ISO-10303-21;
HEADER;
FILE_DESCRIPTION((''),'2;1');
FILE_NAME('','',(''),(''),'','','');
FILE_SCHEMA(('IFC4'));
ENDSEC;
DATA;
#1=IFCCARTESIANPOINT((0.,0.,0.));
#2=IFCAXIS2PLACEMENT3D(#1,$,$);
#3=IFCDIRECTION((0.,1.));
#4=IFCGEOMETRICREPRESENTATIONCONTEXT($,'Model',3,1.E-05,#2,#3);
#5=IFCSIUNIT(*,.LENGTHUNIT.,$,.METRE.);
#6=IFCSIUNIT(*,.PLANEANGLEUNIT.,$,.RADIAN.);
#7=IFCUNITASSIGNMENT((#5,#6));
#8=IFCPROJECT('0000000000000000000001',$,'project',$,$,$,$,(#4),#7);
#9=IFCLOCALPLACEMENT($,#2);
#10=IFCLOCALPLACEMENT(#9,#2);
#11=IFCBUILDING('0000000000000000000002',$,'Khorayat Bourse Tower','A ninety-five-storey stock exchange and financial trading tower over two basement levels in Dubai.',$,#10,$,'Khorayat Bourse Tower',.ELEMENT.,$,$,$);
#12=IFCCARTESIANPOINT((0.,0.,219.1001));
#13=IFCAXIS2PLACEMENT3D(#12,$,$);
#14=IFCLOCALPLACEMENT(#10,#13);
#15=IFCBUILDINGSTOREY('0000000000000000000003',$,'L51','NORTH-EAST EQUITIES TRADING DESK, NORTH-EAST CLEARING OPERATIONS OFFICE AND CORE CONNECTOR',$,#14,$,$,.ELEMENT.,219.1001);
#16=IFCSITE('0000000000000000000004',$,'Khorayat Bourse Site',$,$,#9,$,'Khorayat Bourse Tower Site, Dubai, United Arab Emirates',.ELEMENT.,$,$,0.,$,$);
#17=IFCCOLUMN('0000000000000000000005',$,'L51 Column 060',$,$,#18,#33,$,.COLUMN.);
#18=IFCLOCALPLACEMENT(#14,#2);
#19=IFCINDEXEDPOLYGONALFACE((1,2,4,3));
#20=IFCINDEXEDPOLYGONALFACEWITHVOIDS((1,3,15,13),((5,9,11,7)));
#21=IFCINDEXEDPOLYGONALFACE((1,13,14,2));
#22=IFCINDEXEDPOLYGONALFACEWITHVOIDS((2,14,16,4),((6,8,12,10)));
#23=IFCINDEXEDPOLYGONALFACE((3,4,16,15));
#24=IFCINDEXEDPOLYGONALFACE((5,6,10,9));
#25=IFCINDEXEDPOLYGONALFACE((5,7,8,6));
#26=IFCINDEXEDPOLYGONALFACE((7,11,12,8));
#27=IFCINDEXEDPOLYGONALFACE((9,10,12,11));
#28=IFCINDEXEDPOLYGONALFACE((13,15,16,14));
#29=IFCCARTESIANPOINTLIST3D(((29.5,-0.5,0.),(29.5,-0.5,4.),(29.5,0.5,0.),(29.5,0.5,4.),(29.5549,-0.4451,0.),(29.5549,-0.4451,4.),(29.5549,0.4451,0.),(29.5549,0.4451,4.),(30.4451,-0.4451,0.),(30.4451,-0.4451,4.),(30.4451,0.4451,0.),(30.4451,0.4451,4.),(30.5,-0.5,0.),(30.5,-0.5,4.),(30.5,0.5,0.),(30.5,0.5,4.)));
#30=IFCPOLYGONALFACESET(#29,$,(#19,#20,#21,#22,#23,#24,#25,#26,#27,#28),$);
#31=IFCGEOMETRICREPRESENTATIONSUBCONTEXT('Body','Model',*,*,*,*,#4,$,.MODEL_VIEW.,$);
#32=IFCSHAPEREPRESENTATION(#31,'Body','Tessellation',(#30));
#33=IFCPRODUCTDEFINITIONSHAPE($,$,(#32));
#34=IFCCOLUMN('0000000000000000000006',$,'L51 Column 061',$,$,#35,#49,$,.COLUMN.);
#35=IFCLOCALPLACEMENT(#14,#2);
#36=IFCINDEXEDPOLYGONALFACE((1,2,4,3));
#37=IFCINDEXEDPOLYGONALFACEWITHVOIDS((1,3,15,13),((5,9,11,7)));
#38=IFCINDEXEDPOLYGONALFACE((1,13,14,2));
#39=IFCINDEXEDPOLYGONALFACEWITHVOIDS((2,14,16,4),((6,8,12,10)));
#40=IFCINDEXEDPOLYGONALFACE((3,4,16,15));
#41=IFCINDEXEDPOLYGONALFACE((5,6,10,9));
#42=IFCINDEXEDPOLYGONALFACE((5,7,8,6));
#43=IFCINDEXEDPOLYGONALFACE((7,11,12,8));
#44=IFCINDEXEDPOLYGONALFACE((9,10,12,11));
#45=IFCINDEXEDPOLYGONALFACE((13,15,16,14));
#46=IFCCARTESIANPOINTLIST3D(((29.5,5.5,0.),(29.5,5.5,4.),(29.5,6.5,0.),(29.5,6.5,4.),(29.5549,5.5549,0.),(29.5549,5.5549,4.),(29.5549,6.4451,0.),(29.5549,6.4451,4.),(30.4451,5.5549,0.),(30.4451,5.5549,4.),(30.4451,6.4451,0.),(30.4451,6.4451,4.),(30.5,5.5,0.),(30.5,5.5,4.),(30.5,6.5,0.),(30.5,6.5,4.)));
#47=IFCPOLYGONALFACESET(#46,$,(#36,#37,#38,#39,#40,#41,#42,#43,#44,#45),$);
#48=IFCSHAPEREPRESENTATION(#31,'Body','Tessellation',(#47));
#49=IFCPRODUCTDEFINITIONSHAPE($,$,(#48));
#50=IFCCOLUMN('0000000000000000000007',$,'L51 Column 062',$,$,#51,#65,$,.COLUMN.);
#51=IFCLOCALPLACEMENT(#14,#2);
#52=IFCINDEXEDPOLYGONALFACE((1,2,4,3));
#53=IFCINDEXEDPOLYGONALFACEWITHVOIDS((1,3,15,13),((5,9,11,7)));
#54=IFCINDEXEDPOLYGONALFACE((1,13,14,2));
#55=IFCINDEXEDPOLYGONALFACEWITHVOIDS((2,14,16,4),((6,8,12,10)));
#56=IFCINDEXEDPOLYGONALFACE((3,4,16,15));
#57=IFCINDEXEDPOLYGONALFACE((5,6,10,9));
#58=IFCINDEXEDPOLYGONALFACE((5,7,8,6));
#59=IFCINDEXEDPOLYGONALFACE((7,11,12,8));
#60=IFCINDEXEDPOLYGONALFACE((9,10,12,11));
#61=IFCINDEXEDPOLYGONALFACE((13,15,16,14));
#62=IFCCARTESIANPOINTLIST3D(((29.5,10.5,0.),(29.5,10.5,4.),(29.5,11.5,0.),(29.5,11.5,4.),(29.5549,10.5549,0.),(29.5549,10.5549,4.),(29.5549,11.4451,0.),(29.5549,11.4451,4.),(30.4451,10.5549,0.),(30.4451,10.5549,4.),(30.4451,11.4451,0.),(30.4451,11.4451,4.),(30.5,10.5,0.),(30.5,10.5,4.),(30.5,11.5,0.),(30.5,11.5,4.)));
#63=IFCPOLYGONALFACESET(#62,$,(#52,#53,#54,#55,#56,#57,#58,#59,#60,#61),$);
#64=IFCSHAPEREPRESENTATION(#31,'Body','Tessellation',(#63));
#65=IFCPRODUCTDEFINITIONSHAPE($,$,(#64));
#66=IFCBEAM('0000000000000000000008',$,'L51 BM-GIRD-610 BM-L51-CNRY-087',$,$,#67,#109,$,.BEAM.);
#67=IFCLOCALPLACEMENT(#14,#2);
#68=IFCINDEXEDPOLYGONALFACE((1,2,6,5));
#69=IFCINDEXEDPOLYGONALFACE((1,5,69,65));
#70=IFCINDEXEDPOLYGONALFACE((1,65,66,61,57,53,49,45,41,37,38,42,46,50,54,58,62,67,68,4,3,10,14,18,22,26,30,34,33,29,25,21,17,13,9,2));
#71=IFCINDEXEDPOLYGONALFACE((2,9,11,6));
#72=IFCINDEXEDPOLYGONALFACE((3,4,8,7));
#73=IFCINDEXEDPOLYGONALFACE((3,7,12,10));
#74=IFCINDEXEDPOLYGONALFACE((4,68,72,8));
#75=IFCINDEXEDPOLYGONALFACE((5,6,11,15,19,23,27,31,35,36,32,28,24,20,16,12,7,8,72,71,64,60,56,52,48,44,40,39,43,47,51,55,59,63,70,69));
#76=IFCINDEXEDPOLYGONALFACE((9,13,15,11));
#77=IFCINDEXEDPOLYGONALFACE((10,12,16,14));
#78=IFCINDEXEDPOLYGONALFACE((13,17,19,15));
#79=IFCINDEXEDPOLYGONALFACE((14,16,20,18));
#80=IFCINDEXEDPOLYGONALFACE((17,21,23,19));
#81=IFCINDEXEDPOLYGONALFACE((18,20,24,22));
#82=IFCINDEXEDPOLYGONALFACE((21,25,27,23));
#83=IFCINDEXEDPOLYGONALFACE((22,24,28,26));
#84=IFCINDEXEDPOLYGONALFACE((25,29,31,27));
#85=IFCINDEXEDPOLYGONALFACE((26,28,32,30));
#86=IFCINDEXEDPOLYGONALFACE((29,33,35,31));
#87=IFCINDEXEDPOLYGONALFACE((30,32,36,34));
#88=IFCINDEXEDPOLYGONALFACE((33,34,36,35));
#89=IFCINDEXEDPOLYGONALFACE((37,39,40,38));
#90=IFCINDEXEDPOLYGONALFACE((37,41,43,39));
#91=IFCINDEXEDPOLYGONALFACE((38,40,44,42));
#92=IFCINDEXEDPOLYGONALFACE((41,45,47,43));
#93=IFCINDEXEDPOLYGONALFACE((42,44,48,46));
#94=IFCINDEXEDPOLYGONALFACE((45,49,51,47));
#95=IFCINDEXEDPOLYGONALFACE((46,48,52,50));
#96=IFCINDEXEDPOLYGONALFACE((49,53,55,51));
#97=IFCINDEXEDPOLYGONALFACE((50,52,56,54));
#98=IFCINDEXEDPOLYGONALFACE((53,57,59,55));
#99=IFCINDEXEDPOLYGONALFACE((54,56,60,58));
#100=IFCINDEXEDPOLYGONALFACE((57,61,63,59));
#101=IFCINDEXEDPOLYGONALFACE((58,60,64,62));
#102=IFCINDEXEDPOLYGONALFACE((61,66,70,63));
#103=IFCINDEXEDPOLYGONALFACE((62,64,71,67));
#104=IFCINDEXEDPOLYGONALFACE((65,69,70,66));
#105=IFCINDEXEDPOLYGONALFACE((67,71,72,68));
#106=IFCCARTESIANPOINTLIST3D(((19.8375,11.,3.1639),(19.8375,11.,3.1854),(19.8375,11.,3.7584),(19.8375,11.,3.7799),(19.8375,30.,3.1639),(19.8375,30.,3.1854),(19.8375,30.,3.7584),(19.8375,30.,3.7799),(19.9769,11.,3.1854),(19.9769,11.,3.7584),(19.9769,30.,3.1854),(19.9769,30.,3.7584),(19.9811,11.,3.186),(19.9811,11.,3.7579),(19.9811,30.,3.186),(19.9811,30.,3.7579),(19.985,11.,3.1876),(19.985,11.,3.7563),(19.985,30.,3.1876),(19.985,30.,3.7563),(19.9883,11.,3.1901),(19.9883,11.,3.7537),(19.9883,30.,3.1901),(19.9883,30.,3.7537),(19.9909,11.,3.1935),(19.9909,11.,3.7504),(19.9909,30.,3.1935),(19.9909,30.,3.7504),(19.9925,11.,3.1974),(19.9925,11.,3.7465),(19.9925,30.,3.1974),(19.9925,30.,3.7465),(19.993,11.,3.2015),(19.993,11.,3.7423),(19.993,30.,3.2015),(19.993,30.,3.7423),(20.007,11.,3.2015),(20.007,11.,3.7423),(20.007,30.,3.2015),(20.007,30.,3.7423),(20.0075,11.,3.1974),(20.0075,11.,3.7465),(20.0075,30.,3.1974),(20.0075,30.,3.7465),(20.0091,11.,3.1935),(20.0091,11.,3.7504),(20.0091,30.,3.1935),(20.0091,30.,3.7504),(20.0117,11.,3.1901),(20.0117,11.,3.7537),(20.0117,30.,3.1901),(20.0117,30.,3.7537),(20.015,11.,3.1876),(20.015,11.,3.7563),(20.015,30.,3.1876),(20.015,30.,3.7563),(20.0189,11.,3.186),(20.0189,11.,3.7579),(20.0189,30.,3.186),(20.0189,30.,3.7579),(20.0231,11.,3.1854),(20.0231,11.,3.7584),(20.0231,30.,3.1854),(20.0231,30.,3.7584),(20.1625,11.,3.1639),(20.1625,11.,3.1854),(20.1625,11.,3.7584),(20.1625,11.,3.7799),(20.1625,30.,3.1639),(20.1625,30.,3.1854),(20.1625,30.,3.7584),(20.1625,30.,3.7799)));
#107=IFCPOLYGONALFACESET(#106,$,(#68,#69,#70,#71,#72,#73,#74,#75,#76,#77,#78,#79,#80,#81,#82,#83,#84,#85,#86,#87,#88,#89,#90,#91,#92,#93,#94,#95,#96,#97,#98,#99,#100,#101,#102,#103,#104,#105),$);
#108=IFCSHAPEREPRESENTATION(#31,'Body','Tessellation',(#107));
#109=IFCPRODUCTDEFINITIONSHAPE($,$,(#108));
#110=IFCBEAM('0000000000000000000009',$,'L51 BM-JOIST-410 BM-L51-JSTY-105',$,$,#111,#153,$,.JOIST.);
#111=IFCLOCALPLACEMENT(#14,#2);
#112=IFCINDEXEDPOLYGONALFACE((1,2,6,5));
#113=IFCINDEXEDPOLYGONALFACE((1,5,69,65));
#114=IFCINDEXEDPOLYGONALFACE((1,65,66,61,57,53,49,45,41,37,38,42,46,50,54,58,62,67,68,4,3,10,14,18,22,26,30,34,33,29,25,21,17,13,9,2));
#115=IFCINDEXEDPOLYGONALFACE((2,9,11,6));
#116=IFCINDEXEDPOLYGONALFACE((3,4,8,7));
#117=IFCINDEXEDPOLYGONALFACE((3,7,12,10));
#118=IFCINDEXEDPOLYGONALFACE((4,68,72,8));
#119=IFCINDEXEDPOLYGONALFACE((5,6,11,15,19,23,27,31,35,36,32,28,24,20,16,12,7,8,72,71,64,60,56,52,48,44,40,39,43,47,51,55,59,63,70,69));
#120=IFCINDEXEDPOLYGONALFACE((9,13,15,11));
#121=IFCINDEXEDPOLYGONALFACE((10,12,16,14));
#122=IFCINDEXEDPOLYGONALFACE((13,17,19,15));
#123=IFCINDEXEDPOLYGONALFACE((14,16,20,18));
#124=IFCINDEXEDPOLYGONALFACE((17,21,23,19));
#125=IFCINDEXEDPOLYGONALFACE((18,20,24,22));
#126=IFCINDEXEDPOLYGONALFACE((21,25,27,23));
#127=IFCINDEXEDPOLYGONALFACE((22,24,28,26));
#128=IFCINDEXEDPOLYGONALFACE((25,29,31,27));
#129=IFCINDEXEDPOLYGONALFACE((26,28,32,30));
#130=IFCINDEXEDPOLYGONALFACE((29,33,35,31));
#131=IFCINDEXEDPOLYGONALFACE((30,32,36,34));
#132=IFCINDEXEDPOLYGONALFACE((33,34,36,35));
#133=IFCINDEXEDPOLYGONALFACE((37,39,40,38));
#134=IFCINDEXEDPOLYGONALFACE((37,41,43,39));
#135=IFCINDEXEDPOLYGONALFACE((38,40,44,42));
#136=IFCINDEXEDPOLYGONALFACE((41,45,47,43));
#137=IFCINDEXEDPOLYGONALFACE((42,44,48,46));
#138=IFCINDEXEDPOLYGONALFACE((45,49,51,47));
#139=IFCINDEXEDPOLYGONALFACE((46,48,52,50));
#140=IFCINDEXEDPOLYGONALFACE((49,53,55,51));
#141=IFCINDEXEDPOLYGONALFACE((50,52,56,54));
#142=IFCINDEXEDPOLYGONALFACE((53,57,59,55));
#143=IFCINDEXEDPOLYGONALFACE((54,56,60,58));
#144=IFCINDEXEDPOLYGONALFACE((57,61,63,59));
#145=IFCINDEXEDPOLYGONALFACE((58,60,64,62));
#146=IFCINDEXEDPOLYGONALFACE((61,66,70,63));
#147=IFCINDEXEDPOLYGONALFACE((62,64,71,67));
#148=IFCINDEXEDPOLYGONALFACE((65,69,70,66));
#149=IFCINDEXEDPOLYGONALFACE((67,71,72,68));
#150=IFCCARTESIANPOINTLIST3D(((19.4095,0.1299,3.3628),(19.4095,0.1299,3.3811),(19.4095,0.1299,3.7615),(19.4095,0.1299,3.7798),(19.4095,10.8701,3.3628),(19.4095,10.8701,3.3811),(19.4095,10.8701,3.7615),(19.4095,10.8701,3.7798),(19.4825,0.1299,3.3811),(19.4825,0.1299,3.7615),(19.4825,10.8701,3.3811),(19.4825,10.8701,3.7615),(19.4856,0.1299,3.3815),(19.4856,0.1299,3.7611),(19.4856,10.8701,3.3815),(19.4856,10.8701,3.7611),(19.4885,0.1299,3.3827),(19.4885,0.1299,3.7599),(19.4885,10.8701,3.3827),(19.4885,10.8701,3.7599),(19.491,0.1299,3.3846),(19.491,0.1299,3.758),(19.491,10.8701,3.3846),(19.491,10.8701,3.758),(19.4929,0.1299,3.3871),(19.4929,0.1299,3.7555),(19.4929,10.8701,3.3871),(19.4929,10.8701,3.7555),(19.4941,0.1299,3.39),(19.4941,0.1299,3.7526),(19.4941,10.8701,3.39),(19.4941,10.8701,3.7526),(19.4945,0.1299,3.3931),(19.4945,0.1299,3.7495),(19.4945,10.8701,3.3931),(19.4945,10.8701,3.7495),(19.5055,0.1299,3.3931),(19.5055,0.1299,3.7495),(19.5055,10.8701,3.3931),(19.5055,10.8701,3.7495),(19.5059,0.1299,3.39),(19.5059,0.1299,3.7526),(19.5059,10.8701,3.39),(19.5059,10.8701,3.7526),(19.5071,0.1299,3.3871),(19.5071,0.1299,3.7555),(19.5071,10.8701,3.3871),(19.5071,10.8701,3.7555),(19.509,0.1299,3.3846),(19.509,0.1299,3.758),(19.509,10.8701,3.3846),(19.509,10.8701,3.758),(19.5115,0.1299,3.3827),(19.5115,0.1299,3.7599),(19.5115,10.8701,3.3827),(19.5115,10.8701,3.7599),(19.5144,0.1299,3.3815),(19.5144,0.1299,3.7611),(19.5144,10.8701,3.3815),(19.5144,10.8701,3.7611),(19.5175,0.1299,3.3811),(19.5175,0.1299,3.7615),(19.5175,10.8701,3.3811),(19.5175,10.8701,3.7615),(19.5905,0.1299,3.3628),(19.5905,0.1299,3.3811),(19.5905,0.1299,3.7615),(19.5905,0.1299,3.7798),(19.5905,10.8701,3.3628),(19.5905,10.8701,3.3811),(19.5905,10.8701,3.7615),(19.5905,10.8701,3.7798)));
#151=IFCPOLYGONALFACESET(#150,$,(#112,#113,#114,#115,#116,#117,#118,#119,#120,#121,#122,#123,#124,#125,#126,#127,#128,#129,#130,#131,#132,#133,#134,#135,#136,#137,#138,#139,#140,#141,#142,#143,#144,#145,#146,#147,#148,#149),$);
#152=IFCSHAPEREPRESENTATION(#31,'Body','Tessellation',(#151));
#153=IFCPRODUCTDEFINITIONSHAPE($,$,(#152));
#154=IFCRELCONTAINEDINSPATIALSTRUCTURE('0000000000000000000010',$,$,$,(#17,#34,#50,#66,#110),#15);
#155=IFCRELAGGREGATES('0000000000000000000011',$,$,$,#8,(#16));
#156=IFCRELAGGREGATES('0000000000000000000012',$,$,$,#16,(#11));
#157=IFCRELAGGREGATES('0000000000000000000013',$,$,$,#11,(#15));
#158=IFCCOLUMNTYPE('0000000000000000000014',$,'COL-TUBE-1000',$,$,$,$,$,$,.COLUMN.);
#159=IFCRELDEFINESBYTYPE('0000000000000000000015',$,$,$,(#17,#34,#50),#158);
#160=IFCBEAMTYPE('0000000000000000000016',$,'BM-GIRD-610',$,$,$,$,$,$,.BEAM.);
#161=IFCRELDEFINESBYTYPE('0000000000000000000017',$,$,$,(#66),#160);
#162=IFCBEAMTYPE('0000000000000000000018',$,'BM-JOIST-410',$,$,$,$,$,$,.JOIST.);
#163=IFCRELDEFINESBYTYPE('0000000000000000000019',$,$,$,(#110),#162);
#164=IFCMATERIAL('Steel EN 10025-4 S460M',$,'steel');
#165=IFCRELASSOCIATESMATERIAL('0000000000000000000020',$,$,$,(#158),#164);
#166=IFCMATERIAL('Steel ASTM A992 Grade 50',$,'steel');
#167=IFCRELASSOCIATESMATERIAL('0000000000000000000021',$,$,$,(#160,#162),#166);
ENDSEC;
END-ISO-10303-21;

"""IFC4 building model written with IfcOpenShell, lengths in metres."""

from ifc_helpers import new_model, si_unit, direction, frame, origin, origin_2d, place, context, subcontext, project, spatial, hollow_rectangle, i_section, extrude, source, transform, mapped, material, material_profile, profile_set, type_object, element, save


model = new_model("IFC4")

# Units and contexts
model_context = context("Model", 3, precision=1e-05, world=origin(), true_north=direction((0.0, 1.0)))
body_context = subcontext(model_context, "Body", "Model", "MODEL_VIEW")
ifc_project = project(units=[si_unit("LENGTHUNIT", "METRE"), si_unit("PLANEANGLEUNIT", "RADIAN")], contexts=[model_context])

# Site, building, storey
site_placement = place(None, origin())
site = spatial("IfcSite", under=ifc_project, at=site_placement, Name="Khorayat Bourse Site", LongName="Khorayat Bourse Tower Site, Dubai, United Arab Emirates", CompositionType="ELEMENT", RefElevation=0.0)
building_placement = place(site_placement, origin())
building = spatial("IfcBuilding", under=site, at=building_placement, Name="Khorayat Bourse Tower", Description="A ninety-five-storey stock exchange and financial trading tower over two basement levels in Dubai.", LongName="Khorayat Bourse Tower", CompositionType="ELEMENT")
storey_placement = place(building_placement, frame((0.0, 0.0, 219.1001)))
storey = spatial("IfcBuildingStorey", under=building, at=storey_placement, Name="L51", Description="NORTH-EAST EQUITIES TRADING DESK, NORTH-EAST CLEARING OPERATIONS OFFICE AND CORE CONNECTOR", CompositionType="ELEMENT", Elevation=219.1001)

# Columns
ifc_material_1 = material(Name="Steel EN 10025-4 S460M", Category="steel")
ifc_material_profile_1 = material_profile(ifc_material_1, hollow_rectangle(XDim=1.0, YDim=1.0, WallThickness=0.0549, at=origin_2d()), Name="BOX 1000x1000x55")
ifc_profile_set_1 = profile_set([ifc_material_profile_1], Name="Steel EN 10025-4 S460M")
column_type = type_object("IfcColumnType", Name="COL-TUBE-1000", PredefinedType="COLUMN", material=ifc_profile_set_1)
shared_shape_1 = source(origin(), body_context, "Body", "SweptSolid", [
    extrude(hollow_rectangle(XDim=1.0, YDim=1.0, WallThickness=0.0549, at=origin_2d()), origin(), (0.0, 0.0, 1.0), 4.0),
])
for number, where, z_axis, x_axis, name in (
    (1, (30.0, 0.0, 0.0), (0.0, 0.0, 1.0), (1.0, 0.0, 0.0), "L51 Column 060"),
    (2, (30.0, 6.0, 0.0), (0.0, 0.0, 1.0), (1.0, 0.0, 0.0), "L51 Column 061"),
    (3, (30.0, 11.0, 0.0), (0.0, 0.0, 1.0), (1.0, 0.0, 0.0), "L51 Column 062"),
):
    element("IfcColumn", number, at=place(storey_placement, frame(where, z_axis=z_axis, x_axis=x_axis)), inside=storey, type_object=column_type, Name=name, PredefinedType="COLUMN", context=body_context, shape_type="MappedRepresentation", body=[
        mapped(shared_shape_1, transform((0.0, 0.0, 0.0), scale=1.0)),
    ])

# Beams
ifc_material_2 = material(Name="Steel ASTM A992 Grade 50", Category="steel")
ifc_material_profile_2 = material_profile(ifc_material_2, i_section(OverallWidth=0.325, OverallDepth=0.616, WebThickness=0.0139, FlangeThickness=0.0215, FilletRadius=0.0161, at=origin_2d()), Name="W610X174")
ifc_profile_set_2 = profile_set([ifc_material_profile_2], Name="Steel ASTM A992 Grade 50")
beam_type_1 = type_object("IfcBeamType", Name="BM-GIRD-610", PredefinedType="BEAM", material=ifc_profile_set_2)
shared_shape_2 = source(origin(), body_context, "Body", "SweptSolid", [
    extrude(i_section(OverallWidth=0.325, OverallDepth=0.616, WebThickness=0.0139, FlangeThickness=0.0215, FilletRadius=0.0161, at=origin_2d()), origin(), (0.0, 0.0, 1.0), 19.0),
])
beam_1_placement = place(storey_placement, frame((20.0, 11.0, 3.4719), z_axis=(0.0, 1.0, 0.0), x_axis=(-1.0, 0.0, 0.0)))
element("IfcBeam", 4, at=beam_1_placement, inside=storey, type_object=beam_type_1, Name="L51 BM-GIRD-610 BM-L51-CNRY-087", PredefinedType="BEAM", context=body_context, shape_type="MappedRepresentation", body=[
    mapped(shared_shape_2, transform((0.0, 0.0, 0.0), scale=1.0)),
])
ifc_material_profile_3 = material_profile(ifc_material_2, i_section(OverallWidth=0.1809, OverallDepth=0.417, WebThickness=0.011, FlangeThickness=0.0183, FilletRadius=0.012, at=origin_2d()), Name="W410X85")
ifc_profile_set_3 = profile_set([ifc_material_profile_3], Name="Steel ASTM A992 Grade 50")
beam_type_2 = type_object("IfcBeamType", Name="BM-JOIST-410", PredefinedType="JOIST", material=ifc_profile_set_3)
shared_shape_3 = source(origin(), body_context, "Body", "SweptSolid", [
    extrude(i_section(OverallWidth=0.1809, OverallDepth=0.417, WebThickness=0.011, FlangeThickness=0.0183, FilletRadius=0.012, at=origin_2d()), origin(), (0.0, 0.0, 1.0), 10.7402),
])
beam_2_placement = place(storey_placement, frame((19.5, 0.1299, 3.5713), z_axis=(0.0, 1.0, 0.0), x_axis=(-1.0, 0.0, 0.0)))
element("IfcBeam", 5, at=beam_2_placement, inside=storey, type_object=beam_type_2, Name="L51 BM-JOIST-410 BM-L51-JSTY-105", PredefinedType="JOIST", context=body_context, shape_type="MappedRepresentation", body=[
    mapped(shared_shape_3, transform((0.0, 0.0, 0.0), scale=1.0)),
])

save(model, "model.ifc")
